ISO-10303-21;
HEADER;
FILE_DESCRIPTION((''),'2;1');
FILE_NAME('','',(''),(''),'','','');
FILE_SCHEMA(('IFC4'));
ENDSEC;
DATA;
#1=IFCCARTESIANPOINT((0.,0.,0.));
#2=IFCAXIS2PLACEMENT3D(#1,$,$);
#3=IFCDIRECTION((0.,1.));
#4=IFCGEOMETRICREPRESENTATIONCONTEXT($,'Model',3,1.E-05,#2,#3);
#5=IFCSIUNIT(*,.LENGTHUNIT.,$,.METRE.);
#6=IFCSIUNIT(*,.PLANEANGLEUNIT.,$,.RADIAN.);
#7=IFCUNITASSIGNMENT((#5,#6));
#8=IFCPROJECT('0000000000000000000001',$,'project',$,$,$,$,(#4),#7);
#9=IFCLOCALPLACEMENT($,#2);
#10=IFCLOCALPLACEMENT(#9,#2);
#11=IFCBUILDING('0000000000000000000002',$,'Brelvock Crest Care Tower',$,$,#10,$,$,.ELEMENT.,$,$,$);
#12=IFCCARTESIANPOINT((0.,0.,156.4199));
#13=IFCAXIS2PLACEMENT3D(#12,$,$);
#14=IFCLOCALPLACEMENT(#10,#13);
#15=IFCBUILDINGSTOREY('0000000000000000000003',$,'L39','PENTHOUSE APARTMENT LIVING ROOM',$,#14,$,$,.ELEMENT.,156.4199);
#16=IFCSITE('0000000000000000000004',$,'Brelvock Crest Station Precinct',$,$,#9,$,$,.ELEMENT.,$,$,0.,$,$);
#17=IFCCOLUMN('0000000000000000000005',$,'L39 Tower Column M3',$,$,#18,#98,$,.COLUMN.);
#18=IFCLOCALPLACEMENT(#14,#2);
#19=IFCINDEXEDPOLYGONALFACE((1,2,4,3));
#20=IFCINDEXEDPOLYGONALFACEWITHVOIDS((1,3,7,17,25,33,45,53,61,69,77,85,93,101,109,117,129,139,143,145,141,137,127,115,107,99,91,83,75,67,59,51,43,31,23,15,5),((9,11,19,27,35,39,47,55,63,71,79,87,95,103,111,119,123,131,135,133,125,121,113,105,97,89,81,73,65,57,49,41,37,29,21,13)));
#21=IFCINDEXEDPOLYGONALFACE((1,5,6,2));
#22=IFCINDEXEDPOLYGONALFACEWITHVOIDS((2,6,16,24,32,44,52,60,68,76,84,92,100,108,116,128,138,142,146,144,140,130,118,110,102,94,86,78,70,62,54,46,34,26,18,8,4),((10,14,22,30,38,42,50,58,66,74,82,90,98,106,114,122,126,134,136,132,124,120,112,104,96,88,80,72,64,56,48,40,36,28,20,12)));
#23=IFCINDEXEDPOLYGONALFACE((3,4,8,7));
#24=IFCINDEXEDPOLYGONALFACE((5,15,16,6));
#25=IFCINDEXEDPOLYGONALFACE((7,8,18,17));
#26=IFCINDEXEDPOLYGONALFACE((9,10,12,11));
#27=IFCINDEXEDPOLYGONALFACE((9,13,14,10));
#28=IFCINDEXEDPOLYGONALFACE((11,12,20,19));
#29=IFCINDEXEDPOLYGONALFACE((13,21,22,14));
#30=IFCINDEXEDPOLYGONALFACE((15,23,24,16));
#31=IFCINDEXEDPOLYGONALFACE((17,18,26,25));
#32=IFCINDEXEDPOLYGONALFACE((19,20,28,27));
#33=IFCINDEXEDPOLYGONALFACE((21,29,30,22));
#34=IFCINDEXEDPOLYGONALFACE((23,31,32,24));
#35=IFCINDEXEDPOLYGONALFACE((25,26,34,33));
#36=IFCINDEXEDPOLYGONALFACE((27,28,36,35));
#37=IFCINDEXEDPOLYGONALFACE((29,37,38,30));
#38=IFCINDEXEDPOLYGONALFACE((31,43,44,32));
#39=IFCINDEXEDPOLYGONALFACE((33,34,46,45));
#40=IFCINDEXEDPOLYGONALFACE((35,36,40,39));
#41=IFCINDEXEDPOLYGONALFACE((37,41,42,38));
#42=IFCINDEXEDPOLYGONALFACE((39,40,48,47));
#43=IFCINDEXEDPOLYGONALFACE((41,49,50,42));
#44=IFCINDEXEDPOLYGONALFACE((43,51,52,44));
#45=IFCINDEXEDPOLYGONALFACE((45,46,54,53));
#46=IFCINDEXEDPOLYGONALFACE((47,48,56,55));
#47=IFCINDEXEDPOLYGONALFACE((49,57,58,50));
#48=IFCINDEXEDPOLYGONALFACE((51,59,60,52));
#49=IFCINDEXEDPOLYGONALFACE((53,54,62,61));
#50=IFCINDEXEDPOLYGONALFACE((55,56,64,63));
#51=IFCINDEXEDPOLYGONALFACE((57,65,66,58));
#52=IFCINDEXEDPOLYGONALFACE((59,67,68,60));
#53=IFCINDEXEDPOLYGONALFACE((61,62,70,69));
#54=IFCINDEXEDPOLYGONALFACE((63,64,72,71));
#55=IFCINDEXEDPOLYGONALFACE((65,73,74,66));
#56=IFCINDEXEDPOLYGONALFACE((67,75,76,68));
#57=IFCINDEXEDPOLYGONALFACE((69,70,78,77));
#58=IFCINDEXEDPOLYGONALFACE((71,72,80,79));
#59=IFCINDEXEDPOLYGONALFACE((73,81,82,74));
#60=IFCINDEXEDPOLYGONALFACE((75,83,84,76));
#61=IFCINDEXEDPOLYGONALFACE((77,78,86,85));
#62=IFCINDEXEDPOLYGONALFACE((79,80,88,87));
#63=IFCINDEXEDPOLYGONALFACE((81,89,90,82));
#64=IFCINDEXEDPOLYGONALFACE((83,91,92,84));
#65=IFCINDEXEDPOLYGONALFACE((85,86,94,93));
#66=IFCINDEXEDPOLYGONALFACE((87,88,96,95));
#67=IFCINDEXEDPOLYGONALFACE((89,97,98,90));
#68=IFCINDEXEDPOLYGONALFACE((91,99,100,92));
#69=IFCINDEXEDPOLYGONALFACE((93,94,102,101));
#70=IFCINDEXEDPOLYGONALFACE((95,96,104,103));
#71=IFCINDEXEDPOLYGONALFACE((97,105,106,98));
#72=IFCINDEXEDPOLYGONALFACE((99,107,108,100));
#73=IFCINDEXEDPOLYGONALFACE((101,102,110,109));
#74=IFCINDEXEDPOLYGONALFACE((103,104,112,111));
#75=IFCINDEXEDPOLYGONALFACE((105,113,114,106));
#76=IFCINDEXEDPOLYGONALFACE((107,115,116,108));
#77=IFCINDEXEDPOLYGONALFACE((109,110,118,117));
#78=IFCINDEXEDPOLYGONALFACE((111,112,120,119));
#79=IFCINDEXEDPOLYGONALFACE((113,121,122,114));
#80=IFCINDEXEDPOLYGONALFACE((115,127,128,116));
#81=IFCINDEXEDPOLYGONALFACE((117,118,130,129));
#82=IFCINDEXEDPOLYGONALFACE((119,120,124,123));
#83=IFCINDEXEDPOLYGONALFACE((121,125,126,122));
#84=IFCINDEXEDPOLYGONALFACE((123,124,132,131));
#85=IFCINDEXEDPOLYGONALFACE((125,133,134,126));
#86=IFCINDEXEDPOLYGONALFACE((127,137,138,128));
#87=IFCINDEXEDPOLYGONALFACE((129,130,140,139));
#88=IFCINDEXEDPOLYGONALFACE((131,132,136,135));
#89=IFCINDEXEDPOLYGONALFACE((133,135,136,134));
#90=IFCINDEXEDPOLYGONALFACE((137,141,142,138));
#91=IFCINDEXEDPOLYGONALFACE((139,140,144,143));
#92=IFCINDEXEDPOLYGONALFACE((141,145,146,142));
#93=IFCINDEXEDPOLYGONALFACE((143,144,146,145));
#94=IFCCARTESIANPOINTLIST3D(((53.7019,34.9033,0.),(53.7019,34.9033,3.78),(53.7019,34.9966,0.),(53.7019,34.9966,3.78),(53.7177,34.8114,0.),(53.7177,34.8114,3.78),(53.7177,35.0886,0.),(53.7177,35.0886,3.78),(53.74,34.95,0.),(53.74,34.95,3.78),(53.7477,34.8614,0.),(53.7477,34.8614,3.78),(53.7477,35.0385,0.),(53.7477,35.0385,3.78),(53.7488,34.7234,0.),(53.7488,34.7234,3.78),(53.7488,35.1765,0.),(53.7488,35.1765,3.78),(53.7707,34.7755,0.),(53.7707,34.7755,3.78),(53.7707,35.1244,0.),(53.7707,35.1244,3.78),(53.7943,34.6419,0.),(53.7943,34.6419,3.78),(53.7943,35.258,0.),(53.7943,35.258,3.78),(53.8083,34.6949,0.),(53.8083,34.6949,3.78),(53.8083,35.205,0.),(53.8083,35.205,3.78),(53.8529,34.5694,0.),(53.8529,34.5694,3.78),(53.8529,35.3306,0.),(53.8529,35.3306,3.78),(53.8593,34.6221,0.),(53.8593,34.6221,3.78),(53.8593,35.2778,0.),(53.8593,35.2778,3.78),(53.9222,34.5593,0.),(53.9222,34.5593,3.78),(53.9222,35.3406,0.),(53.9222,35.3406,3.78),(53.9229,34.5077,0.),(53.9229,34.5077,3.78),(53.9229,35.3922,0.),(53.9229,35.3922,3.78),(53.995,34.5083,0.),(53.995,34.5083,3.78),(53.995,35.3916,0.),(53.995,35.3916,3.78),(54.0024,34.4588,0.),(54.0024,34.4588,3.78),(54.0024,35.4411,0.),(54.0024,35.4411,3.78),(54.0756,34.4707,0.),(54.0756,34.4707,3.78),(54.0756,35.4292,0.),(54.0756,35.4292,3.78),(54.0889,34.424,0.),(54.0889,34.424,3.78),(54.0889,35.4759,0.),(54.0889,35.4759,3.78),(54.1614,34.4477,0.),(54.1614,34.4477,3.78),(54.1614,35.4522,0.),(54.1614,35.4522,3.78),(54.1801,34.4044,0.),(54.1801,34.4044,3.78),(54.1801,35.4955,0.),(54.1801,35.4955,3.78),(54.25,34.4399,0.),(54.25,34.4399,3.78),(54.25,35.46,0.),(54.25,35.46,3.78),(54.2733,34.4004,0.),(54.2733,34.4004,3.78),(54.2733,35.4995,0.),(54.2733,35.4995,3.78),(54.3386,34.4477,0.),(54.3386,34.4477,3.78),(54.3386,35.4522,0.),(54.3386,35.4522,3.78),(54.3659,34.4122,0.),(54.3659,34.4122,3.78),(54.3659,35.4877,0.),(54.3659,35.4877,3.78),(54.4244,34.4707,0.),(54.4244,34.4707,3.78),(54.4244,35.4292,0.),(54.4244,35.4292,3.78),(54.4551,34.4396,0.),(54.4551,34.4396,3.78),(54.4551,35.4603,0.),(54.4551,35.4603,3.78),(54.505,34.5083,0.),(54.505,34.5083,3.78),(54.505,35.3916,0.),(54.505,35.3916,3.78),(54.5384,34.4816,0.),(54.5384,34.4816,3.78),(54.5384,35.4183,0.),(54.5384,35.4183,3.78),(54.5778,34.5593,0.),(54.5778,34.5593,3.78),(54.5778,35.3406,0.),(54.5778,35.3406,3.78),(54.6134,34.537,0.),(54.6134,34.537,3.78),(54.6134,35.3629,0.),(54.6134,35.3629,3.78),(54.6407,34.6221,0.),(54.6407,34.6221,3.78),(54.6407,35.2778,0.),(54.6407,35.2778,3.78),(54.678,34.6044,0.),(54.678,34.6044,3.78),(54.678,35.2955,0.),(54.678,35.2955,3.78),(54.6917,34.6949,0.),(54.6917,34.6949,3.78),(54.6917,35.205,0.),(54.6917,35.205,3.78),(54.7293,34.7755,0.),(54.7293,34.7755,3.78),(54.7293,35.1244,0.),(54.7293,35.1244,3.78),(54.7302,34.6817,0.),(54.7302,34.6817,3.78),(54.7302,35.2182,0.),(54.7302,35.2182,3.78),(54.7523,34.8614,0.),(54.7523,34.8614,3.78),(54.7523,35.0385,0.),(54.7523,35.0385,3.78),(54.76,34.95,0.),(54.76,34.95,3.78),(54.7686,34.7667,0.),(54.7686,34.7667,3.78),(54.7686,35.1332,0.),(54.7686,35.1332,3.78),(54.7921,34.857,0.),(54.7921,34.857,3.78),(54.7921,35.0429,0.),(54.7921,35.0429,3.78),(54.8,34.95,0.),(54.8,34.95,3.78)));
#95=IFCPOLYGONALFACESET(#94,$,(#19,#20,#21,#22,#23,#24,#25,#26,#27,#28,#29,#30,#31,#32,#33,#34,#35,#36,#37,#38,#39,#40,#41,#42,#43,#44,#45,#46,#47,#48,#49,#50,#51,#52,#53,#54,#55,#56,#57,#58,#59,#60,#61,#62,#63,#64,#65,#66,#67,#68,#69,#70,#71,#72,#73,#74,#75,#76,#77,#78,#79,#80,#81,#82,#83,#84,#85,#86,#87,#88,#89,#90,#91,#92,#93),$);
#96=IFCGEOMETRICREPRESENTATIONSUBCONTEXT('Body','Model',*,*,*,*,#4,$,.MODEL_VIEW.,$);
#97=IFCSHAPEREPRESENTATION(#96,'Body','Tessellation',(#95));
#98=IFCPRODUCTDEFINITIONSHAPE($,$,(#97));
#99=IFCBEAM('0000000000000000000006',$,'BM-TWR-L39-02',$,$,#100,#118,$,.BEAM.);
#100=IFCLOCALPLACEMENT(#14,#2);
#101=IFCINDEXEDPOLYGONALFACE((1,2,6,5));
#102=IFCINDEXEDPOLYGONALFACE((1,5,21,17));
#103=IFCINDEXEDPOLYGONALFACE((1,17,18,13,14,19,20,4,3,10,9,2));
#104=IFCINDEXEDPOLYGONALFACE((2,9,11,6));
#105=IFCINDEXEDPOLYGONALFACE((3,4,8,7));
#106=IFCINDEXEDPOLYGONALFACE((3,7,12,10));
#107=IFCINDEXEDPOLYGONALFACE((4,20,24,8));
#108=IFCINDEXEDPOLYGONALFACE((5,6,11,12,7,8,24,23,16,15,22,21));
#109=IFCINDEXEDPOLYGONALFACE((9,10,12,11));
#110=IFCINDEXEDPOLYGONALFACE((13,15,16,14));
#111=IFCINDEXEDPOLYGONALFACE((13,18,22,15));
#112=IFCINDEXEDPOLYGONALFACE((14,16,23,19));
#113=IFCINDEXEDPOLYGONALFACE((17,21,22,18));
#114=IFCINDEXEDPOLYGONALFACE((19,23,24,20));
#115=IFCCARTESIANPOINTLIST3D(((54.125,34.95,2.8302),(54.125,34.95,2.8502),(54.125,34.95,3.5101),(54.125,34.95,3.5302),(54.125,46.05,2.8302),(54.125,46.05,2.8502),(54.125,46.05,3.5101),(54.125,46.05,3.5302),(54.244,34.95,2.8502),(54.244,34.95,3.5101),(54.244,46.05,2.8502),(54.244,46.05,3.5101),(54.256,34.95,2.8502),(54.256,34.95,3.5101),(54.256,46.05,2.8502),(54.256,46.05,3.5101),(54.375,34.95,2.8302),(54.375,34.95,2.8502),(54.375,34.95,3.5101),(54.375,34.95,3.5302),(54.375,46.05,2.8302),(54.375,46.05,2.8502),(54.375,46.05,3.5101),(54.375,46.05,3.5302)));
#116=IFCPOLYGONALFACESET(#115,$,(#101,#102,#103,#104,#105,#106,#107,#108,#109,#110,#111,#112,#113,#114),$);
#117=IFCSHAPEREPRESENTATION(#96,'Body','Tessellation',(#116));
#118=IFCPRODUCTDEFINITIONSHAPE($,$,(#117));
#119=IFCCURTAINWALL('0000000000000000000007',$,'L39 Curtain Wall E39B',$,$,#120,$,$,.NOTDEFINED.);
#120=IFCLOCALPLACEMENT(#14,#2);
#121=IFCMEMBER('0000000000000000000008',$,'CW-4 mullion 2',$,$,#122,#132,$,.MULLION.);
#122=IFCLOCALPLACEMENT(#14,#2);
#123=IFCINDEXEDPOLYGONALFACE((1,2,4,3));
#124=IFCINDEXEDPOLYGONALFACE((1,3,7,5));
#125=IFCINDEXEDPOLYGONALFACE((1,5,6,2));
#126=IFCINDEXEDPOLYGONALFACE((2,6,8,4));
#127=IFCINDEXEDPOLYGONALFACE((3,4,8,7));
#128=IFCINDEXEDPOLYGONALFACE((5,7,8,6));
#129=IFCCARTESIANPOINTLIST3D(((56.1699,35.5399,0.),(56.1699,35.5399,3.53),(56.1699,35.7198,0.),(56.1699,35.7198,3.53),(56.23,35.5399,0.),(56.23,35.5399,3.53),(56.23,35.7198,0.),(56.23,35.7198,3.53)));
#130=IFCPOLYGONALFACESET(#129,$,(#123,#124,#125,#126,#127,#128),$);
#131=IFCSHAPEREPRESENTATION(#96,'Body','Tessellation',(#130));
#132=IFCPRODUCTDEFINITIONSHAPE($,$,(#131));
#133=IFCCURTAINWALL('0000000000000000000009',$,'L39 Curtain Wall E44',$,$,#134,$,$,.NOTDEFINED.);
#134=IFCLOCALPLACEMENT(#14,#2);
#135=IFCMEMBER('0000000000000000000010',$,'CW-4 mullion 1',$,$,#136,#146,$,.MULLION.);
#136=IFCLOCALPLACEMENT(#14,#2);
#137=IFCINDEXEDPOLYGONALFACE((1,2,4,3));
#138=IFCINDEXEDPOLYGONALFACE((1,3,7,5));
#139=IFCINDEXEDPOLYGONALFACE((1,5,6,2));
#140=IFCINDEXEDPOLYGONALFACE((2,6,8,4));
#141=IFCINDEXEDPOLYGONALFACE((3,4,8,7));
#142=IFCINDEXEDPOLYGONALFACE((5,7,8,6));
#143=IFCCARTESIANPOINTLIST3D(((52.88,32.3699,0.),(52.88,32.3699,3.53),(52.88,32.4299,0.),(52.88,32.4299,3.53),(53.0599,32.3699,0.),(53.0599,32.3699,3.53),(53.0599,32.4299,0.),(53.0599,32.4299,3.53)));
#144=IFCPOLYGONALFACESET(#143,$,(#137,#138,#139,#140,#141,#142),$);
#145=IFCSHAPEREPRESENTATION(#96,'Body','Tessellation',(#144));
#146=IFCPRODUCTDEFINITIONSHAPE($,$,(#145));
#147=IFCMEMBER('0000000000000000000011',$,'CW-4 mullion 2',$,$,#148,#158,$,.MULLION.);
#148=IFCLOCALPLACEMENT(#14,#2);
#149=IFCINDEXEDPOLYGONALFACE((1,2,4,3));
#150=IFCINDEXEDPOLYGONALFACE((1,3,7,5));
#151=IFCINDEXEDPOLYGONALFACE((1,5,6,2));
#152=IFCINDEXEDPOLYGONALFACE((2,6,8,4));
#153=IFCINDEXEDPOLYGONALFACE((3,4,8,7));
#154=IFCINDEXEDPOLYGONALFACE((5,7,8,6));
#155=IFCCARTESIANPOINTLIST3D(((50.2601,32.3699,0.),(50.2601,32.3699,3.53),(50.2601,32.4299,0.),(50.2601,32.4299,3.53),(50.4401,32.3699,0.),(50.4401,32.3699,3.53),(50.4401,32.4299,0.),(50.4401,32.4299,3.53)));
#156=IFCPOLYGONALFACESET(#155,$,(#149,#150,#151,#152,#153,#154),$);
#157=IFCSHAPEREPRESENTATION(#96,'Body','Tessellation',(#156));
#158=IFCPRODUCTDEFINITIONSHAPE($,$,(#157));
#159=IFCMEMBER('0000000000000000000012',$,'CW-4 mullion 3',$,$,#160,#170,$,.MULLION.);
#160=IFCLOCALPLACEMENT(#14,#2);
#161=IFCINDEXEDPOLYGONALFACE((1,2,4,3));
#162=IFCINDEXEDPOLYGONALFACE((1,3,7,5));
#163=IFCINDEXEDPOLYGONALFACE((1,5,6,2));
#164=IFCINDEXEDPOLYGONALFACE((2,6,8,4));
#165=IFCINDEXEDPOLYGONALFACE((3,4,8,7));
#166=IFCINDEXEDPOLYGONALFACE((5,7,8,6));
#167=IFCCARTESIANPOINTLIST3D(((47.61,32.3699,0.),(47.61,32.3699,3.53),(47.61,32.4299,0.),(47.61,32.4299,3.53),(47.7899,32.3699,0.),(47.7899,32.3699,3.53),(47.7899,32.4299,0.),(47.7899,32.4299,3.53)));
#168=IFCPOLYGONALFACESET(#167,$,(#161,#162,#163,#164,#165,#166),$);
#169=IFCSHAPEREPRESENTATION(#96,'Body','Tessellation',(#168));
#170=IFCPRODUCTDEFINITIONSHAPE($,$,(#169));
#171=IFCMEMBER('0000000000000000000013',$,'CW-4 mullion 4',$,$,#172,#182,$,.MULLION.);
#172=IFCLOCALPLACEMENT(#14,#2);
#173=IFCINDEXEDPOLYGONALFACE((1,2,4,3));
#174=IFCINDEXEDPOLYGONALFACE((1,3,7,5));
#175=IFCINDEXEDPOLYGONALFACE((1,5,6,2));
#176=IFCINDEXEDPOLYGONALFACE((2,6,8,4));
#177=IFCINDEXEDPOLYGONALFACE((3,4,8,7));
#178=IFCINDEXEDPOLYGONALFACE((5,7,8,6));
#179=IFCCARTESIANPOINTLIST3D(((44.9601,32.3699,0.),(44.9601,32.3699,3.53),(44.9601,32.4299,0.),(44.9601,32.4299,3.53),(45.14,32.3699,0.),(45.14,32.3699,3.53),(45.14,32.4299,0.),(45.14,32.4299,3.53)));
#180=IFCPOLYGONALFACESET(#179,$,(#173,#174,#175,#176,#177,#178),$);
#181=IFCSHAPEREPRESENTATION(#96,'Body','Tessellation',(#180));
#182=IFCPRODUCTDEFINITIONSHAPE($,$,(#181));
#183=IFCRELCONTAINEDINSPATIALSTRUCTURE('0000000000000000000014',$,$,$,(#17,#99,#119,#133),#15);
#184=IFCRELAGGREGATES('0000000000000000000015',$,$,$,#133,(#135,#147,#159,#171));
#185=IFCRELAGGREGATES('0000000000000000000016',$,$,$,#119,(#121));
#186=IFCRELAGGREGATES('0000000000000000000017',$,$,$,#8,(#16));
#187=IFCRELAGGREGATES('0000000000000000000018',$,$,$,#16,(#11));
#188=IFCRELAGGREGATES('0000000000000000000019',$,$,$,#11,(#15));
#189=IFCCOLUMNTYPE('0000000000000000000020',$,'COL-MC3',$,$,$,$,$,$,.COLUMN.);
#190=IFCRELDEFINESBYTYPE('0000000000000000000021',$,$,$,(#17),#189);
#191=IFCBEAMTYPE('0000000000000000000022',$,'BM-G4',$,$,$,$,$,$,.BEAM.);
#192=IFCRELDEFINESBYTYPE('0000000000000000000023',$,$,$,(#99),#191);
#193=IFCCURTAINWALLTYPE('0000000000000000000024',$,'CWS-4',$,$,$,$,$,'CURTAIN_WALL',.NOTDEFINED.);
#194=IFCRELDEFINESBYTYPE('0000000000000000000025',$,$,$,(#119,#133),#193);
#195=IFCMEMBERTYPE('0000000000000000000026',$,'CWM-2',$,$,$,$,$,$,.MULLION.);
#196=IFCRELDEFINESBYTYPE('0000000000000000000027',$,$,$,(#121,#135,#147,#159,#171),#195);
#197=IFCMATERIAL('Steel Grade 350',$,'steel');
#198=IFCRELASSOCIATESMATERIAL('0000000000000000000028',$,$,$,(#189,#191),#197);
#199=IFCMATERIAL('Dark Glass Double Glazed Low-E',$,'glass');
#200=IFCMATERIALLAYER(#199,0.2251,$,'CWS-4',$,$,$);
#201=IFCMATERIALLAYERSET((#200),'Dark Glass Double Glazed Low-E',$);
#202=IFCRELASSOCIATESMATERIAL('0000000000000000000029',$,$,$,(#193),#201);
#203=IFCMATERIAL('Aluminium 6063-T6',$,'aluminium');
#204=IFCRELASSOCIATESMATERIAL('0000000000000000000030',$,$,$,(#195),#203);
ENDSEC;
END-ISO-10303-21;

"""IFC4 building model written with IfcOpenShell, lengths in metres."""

from ifc_helpers import new_model, si_unit, direction, frame, origin, origin_2d, place, context, subcontext, project, spatial, rectangle, hollow_circle, i_section, extrude, source, transform, mapped, material, layer, layer_set, material_profile, profile_set, type_object, element, aggregate, save


model = new_model("IFC4")

# Units and contexts
model_context = context("Model", 3, precision=1e-05, world=origin(), true_north=direction((0.0, 1.0)))
body_context = subcontext(model_context, "Body", "Model", "MODEL_VIEW")
ifc_project = project(units=[si_unit("LENGTHUNIT", "METRE"), si_unit("PLANEANGLEUNIT", "RADIAN")], contexts=[model_context])

# Site, building, storey
site_placement = place(None, origin())
site = spatial("IfcSite", under=ifc_project, at=site_placement, Name="Brelvock Crest Station Precinct", CompositionType="ELEMENT", RefElevation=0.0)
building_placement = place(site_placement, origin())
building = spatial("IfcBuilding", under=site, at=building_placement, Name="Brelvock Crest Care Tower", CompositionType="ELEMENT")
storey_placement = place(building_placement, frame((0.0, 0.0, 156.4199)))
storey = spatial("IfcBuildingStorey", under=building, at=storey_placement, Name="L39", Description="PENTHOUSE APARTMENT LIVING ROOM", CompositionType="ELEMENT", Elevation=156.4199)

# Column
ifc_material_1 = material(Name="Steel Grade 350", Category="steel")
ifc_material_profile_1 = material_profile(ifc_material_1, hollow_circle(Radius=0.55, WallThickness=0.04, at=origin_2d()), Name="CFT1100x40")
ifc_profile_set_1 = profile_set([ifc_material_profile_1], Name="Steel Grade 350")
column_type = type_object("IfcColumnType", Name="COL-MC3", PredefinedType="COLUMN", material=ifc_profile_set_1)
shared_shape_1 = source(origin(), body_context, "Body", "SweptSolid", [
    extrude(hollow_circle(Radius=0.55, WallThickness=0.04, at=origin_2d()), origin(), (0.0, 0.0, 1.0), 3.78),
])
column_placement = place(storey_placement, frame((54.25, 34.95, 0.0), z_axis=(0.0, 0.0, 1.0), x_axis=(1.0, 0.0, 0.0)))
element("IfcColumn", 1, at=column_placement, inside=storey, type_object=column_type, Name="L39 Tower Column M3", PredefinedType="COLUMN", context=body_context, shape_type="MappedRepresentation", body=[
    mapped(shared_shape_1, transform((0.0, 0.0, 0.0), x_axis=(1.0, 0.0, 0.0), y_axis=(0.0, 1.0, 0.0), z_axis=(0.0, 0.0, 1.0), scale=1.0)),
])

# Beam
ifc_material_profile_2 = material_profile(ifc_material_1, i_section(OverallWidth=0.25, OverallDepth=0.7, WebThickness=0.012, FlangeThickness=0.02, at=origin_2d()), Name="700WB150")
ifc_profile_set_2 = profile_set([ifc_material_profile_2], Name="Steel Grade 350")
beam_type = type_object("IfcBeamType", Name="BM-G4", PredefinedType="BEAM", material=ifc_profile_set_2)
shared_shape_2 = source(origin(), body_context, "Body", "SweptSolid", [
    extrude(i_section(OverallWidth=0.25, OverallDepth=0.7, WebThickness=0.012, FlangeThickness=0.02, at=origin_2d()), origin(), (0.0, 0.0, 1.0), 11.1001),
])
beam_placement = place(storey_placement, frame((54.25, 34.95, 3.1802), z_axis=(0.0, 1.0, 0.0), x_axis=(-1.0, 0.0, 0.0)))
element("IfcBeam", 2, at=beam_placement, inside=storey, type_object=beam_type, Name="BM-TWR-L39-02", PredefinedType="BEAM", context=body_context, shape_type="MappedRepresentation", body=[
    mapped(shared_shape_2, transform((0.0, 0.0, 0.0), x_axis=(1.0, 0.0, 0.0), y_axis=(0.0, 1.0, 0.0), z_axis=(0.0, 0.0, 1.0), scale=1.0)),
])

# Curtain wall, member
ifc_material_2 = material(Name="Dark Glass Double Glazed Low-E", Category="glass")
ifc_layer_1 = layer(ifc_material_2, 0.2251, Name="CWS-4")
ifc_layer_set_1 = layer_set([ifc_layer_1], Name="Dark Glass Double Glazed Low-E")
curtain_wall_type = type_object("IfcCurtainWallType", Name="CWS-4", ElementType="CURTAIN_WALL", PredefinedType="NOTDEFINED", material=ifc_layer_set_1)
curtain_wall_1_placement = place(storey_placement, origin())
curtain_wall_1 = element("IfcCurtainWall", 3, at=curtain_wall_1_placement, inside=storey, type_object=curtain_wall_type, Name="L39 Curtain Wall E39B", PredefinedType="NOTDEFINED")
ifc_material_3 = material(Name="Aluminium 6063-T6", Category="aluminium")
ifc_material_profile_3 = material_profile(ifc_material_3, rectangle(XDim=0.0601, YDim=0.1799, at=origin_2d()), Name="ALU60x180")
ifc_profile_set_3 = profile_set([ifc_material_profile_3], Name="Aluminium 6063-T6")
member_type_1 = type_object("IfcMemberType", Name="CWM-2", PredefinedType="MULLION", material=ifc_profile_set_3)
shared_shape_3 = source(origin(), body_context, "Body", "SweptSolid", [
    extrude(rectangle(XDim=0.0601, YDim=0.1799, at=origin_2d()), origin(), (0.0, 0.0, 1.0), 3.53),
])
member_1_placement = place(storey_placement, frame((56.2, 35.6299, 0.0), z_axis=(0.0, 0.0, 1.0), x_axis=(1.0, 0.0, 0.0)))
member_1 = element("IfcMember", 4, at=member_1_placement, type_object=member_type_1, Name="CW-4 mullion 2", PredefinedType="MULLION", context=body_context, shape_type="MappedRepresentation", body=[
    mapped(shared_shape_3, transform((0.0, 0.0, 0.0), x_axis=(1.0, 0.0, 0.0), y_axis=(0.0, 1.0, 0.0), z_axis=(0.0, 0.0, 1.0), scale=1.0)),
])

# Curtain wall, members
curtain_wall_2_placement = place(storey_placement, origin())
curtain_wall_2 = element("IfcCurtainWall", 5, at=curtain_wall_2_placement, inside=storey, type_object=curtain_wall_type, Name="L39 Curtain Wall E44", PredefinedType="NOTDEFINED")
member_2_placement = place(storey_placement, frame((52.97, 32.3999, 0.0), z_axis=(0.0, 0.0, 1.0), x_axis=(0.0, -1.0, 0.0)))
member_2 = element("IfcMember", 6, at=member_2_placement, type_object=member_type_1, Name="CW-4 mullion 1", PredefinedType="MULLION", context=body_context, shape_type="MappedRepresentation", body=[
    mapped(shared_shape_3, transform((0.0, 0.0, 0.0), x_axis=(1.0, 0.0, 0.0), y_axis=(0.0, 1.0, 0.0), z_axis=(0.0, 0.0, 1.0), scale=1.0)),
])
member_3_placement = place(storey_placement, frame((50.3501, 32.3999, 0.0), z_axis=(0.0, 0.0, 1.0), x_axis=(0.0, -1.0, 0.0)))
member_3 = element("IfcMember", 7, at=member_3_placement, type_object=member_type_1, Name="CW-4 mullion 2", PredefinedType="MULLION", context=body_context, shape_type="MappedRepresentation", body=[
    mapped(shared_shape_3, transform((0.0, 0.0, 0.0), x_axis=(1.0, 0.0, 0.0), y_axis=(0.0, 1.0, 0.0), z_axis=(0.0, 0.0, 1.0), scale=1.0)),
])
member_4_placement = place(storey_placement, frame((47.7, 32.3999, 0.0), z_axis=(0.0, 0.0, 1.0), x_axis=(0.0, -1.0, 0.0)))
member_4 = element("IfcMember", 8, at=member_4_placement, type_object=member_type_1, Name="CW-4 mullion 3", PredefinedType="MULLION", context=body_context, shape_type="MappedRepresentation", body=[
    mapped(shared_shape_3, transform((0.0, 0.0, 0.0), x_axis=(1.0, 0.0, 0.0), y_axis=(0.0, 1.0, 0.0), z_axis=(0.0, 0.0, 1.0), scale=1.0)),
])
member_5_placement = place(storey_placement, frame((45.05, 32.3999, 0.0), z_axis=(0.0, 0.0, 1.0), x_axis=(0.0, -1.0, 0.0)))
member_5 = element("IfcMember", 9, at=member_5_placement, type_object=member_type_1, Name="CW-4 mullion 4", PredefinedType="MULLION", context=body_context, shape_type="MappedRepresentation", body=[
    mapped(shared_shape_3, transform((0.0, 0.0, 0.0), x_axis=(1.0, 0.0, 0.0), y_axis=(0.0, 1.0, 0.0), z_axis=(0.0, 0.0, 1.0), scale=1.0)),
])
aggregate(curtain_wall_2, [member_2, member_3, member_4, member_5])

aggregate(curtain_wall_1, [member_1])

save(model, "model.ifc")
